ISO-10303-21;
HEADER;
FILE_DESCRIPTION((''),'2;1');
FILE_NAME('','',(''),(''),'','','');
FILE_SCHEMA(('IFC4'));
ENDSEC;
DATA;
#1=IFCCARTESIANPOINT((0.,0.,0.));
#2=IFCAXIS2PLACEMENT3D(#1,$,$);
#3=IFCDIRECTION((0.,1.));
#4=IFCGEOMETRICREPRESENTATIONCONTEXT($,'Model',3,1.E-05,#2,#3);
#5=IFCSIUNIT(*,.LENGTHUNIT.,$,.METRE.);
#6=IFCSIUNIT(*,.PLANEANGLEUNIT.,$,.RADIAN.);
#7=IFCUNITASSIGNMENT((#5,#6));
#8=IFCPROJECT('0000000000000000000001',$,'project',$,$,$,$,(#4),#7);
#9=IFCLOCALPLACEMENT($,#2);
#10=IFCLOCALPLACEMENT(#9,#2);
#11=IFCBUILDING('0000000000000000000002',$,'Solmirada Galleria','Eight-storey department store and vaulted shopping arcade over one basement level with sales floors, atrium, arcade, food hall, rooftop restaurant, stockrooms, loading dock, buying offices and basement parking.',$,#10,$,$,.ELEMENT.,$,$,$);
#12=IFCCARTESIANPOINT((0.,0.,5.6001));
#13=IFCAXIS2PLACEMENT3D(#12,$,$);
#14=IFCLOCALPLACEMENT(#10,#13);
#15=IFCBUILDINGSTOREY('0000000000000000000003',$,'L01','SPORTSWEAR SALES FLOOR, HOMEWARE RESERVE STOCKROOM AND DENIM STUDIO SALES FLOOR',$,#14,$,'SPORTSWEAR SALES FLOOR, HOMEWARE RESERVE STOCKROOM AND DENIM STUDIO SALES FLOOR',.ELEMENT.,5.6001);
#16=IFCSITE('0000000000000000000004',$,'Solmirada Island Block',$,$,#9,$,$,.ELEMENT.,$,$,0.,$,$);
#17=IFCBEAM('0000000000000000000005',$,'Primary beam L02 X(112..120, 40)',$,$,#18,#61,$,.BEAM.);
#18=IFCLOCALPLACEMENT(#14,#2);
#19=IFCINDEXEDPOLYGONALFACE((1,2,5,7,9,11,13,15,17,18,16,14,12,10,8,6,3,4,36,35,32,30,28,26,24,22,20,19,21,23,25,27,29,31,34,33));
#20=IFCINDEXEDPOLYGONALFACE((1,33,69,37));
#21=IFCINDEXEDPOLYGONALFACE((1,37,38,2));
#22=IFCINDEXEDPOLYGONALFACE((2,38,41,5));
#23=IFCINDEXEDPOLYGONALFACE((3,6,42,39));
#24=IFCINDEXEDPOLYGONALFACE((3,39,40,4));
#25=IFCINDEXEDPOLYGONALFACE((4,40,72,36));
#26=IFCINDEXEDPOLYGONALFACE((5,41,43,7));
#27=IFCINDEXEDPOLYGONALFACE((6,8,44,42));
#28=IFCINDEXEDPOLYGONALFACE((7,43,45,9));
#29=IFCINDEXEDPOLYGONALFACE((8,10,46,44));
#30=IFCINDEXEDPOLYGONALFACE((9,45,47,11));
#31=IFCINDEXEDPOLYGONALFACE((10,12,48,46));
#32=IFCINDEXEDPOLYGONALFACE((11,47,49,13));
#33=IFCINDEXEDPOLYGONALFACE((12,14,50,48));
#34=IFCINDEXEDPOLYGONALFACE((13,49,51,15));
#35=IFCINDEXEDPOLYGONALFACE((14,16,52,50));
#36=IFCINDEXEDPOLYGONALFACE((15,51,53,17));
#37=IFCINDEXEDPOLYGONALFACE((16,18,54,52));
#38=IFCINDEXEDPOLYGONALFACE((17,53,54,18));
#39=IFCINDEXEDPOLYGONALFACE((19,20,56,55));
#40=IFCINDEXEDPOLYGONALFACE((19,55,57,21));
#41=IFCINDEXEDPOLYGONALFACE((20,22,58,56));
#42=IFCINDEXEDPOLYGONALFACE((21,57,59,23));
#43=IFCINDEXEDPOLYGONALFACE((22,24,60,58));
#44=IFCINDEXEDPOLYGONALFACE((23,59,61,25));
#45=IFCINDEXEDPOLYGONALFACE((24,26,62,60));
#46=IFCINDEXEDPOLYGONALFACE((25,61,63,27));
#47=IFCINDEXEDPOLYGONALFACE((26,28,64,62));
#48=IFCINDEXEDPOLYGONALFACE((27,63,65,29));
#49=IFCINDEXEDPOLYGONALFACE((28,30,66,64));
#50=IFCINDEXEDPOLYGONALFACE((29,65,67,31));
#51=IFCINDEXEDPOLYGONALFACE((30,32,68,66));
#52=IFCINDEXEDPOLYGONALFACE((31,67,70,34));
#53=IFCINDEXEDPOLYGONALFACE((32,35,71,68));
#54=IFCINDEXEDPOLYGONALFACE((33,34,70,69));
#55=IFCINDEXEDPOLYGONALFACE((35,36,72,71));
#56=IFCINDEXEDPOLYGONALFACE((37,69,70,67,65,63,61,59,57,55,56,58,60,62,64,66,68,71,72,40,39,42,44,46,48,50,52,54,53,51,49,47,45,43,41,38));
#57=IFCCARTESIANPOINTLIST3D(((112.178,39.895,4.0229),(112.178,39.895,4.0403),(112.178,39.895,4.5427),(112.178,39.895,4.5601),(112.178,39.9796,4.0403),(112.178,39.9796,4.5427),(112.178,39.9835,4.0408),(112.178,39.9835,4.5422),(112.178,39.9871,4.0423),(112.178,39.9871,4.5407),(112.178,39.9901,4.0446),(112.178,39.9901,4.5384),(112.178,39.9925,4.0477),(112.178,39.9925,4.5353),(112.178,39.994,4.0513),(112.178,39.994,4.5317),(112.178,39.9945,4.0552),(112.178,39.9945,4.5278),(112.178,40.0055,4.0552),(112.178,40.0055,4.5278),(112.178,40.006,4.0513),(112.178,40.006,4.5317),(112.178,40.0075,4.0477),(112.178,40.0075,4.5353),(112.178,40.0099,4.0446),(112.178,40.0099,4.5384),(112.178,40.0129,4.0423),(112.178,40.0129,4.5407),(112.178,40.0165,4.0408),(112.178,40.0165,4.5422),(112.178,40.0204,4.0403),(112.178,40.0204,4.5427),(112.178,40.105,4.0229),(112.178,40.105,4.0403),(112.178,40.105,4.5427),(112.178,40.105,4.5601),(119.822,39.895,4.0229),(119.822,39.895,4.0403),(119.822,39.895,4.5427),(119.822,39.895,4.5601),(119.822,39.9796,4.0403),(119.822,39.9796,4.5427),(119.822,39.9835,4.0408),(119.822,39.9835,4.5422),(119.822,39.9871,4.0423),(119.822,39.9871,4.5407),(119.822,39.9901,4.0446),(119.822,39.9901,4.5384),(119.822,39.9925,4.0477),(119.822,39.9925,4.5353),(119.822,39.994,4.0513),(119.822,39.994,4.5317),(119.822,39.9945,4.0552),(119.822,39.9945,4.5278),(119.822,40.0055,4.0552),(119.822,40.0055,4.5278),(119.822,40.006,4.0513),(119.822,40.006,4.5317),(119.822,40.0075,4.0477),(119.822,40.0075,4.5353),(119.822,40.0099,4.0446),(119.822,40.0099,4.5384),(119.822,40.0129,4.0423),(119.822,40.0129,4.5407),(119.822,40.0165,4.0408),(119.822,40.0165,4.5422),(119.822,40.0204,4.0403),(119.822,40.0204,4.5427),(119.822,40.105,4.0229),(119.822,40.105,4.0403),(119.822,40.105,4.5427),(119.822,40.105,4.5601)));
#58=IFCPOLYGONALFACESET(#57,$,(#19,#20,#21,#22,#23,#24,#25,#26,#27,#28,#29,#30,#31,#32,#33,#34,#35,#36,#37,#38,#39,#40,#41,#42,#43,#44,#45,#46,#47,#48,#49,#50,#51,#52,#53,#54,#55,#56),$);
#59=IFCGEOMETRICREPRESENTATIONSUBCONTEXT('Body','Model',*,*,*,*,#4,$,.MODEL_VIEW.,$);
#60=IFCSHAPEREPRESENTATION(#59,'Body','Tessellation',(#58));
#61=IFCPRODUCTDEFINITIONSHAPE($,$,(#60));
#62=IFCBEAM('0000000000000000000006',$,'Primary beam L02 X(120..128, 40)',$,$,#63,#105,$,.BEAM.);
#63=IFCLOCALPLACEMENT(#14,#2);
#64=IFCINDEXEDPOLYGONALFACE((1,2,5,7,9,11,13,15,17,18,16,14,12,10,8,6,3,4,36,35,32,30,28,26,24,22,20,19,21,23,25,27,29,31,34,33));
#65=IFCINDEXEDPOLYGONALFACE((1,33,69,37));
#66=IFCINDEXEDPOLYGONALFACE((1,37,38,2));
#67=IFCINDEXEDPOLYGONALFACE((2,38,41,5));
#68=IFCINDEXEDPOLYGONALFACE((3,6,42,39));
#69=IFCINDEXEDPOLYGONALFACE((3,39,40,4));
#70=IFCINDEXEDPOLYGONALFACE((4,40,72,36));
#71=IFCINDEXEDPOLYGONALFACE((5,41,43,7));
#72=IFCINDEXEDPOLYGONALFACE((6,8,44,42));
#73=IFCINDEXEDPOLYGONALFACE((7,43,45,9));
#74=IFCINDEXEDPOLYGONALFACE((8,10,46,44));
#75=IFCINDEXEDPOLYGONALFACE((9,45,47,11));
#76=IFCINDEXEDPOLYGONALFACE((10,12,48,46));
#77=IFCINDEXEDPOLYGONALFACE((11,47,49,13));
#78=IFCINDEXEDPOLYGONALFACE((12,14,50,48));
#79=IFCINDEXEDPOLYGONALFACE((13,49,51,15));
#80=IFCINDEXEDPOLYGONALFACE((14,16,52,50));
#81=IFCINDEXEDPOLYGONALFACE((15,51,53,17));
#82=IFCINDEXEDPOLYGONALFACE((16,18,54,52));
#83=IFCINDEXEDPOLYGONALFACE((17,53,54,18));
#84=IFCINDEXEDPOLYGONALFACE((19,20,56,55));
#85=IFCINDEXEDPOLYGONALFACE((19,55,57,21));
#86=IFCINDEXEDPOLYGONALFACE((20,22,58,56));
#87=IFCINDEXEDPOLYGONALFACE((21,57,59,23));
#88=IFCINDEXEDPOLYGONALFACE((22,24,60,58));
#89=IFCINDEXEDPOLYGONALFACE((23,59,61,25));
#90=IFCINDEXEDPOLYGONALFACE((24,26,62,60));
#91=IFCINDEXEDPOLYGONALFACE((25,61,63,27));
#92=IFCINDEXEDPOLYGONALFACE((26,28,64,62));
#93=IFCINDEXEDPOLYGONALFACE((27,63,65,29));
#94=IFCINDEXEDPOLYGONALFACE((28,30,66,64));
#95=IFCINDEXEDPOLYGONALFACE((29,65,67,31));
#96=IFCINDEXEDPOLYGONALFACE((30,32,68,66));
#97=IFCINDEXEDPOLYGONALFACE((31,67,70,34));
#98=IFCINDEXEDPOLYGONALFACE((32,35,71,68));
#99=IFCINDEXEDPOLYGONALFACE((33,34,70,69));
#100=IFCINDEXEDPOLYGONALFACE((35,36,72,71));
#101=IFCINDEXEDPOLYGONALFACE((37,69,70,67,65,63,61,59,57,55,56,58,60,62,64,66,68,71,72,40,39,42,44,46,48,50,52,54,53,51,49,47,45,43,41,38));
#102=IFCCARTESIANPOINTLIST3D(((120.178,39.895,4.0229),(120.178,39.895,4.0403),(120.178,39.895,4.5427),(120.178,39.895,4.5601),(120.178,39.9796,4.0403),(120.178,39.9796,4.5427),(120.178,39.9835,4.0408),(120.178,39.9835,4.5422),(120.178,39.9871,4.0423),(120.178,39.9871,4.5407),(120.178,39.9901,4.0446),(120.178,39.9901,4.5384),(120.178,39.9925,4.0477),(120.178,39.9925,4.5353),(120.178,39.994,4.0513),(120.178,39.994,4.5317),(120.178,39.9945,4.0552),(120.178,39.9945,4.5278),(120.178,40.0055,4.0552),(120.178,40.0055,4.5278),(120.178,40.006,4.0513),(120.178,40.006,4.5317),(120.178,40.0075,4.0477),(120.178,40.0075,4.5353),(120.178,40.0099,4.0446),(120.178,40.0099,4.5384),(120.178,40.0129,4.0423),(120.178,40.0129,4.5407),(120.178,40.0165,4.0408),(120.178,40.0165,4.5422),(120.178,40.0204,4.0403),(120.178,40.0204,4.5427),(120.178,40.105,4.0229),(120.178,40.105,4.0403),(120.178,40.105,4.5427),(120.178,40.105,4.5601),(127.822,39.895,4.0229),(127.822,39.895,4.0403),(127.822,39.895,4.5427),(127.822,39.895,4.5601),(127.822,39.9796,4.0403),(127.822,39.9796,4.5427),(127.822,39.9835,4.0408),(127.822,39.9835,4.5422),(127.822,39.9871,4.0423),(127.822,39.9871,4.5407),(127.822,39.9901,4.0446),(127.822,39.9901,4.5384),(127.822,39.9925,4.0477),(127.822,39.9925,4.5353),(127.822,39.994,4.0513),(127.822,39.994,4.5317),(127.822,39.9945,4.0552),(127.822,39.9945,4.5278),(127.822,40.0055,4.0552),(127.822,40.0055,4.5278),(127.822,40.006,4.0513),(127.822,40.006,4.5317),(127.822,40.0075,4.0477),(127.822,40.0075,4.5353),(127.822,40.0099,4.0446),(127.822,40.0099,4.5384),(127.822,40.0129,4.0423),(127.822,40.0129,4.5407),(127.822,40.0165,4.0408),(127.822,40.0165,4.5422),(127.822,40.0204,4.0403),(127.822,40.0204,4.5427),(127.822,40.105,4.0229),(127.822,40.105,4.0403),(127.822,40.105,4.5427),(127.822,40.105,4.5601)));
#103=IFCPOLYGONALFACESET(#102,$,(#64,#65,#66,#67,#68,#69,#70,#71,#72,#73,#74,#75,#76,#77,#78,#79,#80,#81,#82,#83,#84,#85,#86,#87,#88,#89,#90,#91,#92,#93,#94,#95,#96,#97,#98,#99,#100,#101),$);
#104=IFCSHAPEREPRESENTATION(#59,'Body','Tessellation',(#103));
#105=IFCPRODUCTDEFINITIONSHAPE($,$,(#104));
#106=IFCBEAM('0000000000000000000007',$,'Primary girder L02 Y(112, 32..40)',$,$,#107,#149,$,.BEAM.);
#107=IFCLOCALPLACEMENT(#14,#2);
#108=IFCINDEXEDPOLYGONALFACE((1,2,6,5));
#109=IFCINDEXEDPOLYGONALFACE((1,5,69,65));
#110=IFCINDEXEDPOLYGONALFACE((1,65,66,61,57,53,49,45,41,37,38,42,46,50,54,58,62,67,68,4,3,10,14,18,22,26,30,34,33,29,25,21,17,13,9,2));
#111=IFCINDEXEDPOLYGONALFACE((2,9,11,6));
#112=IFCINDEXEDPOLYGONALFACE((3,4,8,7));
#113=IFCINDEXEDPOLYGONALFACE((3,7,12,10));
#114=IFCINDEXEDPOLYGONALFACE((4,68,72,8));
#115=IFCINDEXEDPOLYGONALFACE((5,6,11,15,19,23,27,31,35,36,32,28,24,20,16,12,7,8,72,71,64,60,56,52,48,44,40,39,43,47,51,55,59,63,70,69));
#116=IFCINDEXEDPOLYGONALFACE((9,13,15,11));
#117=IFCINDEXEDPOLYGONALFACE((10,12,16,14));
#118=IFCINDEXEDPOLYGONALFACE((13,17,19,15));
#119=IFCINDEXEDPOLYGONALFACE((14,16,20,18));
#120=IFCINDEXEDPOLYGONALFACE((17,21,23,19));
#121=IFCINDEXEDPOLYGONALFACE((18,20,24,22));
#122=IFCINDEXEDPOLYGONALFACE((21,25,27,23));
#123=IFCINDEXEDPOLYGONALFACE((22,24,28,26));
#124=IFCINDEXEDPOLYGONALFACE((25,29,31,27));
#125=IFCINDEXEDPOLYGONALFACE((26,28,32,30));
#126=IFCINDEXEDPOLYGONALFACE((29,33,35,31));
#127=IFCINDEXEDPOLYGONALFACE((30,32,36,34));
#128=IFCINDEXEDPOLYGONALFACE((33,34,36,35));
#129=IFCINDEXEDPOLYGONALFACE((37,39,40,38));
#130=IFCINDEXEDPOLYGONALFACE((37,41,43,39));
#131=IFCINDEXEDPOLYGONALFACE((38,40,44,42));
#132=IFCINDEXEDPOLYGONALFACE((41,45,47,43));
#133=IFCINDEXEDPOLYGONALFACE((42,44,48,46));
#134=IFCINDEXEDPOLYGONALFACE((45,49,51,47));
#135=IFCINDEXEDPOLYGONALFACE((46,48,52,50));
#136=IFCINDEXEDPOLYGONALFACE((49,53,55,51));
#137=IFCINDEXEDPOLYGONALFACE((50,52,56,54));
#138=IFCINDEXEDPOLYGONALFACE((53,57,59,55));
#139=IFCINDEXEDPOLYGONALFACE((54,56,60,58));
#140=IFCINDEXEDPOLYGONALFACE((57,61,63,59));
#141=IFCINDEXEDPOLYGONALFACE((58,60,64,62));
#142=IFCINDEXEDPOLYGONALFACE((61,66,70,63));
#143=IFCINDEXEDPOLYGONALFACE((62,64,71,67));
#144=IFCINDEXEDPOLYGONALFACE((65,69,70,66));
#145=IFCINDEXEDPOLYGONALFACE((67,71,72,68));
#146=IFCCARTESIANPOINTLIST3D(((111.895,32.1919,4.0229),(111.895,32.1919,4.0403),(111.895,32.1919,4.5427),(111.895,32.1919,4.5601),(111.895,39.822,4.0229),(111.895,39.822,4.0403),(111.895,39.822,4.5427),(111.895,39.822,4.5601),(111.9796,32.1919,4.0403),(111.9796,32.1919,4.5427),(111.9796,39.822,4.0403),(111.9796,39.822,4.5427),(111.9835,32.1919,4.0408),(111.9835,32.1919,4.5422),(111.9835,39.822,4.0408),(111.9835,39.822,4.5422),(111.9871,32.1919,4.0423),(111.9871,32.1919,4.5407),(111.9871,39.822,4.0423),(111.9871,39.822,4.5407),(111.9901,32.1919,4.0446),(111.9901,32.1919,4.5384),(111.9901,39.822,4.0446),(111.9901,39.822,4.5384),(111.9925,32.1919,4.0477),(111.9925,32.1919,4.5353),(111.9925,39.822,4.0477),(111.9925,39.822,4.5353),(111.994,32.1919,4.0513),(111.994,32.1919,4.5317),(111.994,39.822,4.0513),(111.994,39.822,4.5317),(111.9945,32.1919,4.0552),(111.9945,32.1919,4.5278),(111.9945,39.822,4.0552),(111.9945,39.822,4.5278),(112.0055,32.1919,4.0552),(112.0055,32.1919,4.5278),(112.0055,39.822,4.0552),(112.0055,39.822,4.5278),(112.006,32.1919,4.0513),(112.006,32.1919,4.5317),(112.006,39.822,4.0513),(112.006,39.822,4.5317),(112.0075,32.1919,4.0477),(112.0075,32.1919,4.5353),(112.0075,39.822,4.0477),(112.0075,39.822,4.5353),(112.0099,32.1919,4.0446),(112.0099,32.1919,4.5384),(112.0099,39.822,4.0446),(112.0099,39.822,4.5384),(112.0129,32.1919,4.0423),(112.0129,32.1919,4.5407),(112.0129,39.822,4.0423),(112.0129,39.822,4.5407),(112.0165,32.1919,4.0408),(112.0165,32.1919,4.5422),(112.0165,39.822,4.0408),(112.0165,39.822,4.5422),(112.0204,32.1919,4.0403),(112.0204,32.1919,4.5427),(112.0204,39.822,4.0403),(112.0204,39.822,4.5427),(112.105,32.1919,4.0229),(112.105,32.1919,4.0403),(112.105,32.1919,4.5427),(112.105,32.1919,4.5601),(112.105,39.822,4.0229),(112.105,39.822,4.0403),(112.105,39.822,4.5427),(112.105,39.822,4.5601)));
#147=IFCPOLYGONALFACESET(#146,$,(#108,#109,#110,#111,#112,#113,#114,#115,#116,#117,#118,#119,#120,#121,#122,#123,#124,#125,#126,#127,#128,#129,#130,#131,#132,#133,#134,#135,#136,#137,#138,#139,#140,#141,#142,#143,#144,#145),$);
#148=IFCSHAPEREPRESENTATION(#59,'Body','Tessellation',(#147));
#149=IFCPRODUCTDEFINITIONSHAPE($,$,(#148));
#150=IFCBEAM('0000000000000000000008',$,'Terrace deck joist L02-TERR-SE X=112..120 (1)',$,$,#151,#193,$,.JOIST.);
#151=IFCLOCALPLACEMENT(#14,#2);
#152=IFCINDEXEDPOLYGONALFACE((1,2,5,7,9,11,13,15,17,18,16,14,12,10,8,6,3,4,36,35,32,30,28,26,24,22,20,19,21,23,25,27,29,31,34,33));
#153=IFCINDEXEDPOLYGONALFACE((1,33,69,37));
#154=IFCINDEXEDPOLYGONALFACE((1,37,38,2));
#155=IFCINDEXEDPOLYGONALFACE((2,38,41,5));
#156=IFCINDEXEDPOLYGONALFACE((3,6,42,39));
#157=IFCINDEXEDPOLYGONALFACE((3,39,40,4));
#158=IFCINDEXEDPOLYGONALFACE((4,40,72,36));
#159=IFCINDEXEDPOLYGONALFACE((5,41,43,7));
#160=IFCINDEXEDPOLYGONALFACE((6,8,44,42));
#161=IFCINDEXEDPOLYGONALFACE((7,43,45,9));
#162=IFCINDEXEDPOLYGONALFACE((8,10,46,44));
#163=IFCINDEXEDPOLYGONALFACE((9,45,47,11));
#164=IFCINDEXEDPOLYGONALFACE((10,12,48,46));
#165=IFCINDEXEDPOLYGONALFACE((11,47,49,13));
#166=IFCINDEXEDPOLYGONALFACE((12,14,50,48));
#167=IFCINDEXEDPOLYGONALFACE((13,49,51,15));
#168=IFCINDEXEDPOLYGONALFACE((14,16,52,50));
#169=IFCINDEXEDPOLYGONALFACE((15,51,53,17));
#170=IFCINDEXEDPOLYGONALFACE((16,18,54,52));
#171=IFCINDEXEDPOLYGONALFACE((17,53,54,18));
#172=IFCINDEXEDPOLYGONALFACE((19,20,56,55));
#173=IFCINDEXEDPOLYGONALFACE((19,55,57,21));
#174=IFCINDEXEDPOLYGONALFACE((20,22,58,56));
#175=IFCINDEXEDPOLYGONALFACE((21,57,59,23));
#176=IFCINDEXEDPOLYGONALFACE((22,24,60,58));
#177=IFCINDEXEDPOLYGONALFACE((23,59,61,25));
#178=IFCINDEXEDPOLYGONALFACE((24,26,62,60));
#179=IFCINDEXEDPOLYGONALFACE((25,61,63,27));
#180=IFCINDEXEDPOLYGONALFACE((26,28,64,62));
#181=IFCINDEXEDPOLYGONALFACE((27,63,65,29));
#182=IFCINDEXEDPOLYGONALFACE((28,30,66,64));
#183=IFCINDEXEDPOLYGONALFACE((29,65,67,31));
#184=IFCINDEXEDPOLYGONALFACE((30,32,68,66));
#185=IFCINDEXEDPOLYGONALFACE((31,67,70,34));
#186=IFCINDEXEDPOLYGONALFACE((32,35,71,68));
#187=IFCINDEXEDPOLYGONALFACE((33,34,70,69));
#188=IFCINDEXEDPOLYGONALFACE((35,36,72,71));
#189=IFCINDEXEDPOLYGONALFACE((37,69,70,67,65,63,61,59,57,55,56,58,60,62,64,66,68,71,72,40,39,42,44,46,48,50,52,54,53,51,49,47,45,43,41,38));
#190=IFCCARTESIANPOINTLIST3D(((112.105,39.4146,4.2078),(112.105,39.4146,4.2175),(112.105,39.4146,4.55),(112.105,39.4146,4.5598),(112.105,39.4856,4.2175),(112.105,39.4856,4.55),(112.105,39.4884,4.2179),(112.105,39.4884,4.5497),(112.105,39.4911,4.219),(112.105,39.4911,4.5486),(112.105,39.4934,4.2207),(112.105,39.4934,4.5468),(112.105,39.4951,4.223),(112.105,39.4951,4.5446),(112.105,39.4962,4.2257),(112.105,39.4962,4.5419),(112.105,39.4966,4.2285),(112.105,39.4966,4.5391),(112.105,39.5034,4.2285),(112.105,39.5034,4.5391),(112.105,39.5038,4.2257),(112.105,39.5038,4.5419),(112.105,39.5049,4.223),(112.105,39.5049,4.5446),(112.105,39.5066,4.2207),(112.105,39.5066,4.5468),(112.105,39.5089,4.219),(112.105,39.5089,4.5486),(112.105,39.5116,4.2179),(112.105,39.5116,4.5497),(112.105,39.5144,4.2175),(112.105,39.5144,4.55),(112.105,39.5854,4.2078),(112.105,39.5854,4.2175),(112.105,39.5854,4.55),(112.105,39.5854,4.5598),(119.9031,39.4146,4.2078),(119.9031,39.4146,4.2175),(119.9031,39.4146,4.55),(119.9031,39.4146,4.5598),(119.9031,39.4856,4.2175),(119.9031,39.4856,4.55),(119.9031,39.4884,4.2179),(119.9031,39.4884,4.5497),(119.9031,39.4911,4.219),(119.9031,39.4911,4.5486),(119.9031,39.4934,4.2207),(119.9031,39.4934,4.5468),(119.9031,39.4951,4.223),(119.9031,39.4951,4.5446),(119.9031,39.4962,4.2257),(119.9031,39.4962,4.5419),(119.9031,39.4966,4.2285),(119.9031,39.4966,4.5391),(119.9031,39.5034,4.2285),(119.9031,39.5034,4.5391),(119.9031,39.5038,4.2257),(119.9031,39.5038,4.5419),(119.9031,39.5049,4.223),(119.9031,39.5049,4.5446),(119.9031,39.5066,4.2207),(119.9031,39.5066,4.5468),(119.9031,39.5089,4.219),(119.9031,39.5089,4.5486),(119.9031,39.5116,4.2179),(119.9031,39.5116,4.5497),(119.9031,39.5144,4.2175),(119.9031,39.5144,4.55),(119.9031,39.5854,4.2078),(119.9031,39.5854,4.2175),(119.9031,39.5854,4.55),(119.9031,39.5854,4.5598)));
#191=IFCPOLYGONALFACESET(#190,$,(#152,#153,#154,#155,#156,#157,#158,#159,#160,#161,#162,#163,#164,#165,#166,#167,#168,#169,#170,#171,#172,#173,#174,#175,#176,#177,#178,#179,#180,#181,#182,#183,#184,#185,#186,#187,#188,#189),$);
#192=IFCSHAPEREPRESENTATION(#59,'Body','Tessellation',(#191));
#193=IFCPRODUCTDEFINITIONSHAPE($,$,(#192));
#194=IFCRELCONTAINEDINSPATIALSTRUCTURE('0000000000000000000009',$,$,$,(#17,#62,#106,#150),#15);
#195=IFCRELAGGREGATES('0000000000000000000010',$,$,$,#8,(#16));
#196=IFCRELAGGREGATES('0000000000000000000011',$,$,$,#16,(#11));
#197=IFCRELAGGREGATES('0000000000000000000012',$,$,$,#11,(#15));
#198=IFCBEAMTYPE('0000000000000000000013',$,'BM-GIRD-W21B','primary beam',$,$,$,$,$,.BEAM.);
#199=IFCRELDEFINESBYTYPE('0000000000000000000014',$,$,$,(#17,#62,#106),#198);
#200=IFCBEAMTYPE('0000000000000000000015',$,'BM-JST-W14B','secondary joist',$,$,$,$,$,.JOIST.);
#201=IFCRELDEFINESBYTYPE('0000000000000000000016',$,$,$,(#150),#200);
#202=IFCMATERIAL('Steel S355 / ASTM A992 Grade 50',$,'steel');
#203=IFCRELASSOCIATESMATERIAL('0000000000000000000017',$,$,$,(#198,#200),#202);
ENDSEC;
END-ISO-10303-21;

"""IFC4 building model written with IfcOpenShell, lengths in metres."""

from ifc_helpers import new_model, si_unit, direction, frame, origin, origin_2d, place, context, subcontext, project, spatial, i_section, extrude, material, material_profile, profile_set, type_object, element, save


model = new_model("IFC4")

# Units and contexts
model_context = context("Model", 3, precision=1e-05, world=origin(), true_north=direction((0.0, 1.0)))
body_context = subcontext(model_context, "Body", "Model", "MODEL_VIEW")
ifc_project = project(units=[si_unit("LENGTHUNIT", "METRE"), si_unit("PLANEANGLEUNIT", "RADIAN")], contexts=[model_context])

# Site, building, storey
site_placement = place(None, origin())
site = spatial("IfcSite", under=ifc_project, at=site_placement, Name="Solmirada Island Block", CompositionType="ELEMENT", RefElevation=0.0)
building_placement = place(site_placement, origin())
building = spatial("IfcBuilding", under=site, at=building_placement, Name="Solmirada Galleria", Description="Eight-storey department store and vaulted shopping arcade over one basement level with sales floors, atrium, arcade, food hall, rooftop restaurant, stockrooms, loading dock, buying offices and basement parking.", CompositionType="ELEMENT")
storey_placement = place(building_placement, frame((0.0, 0.0, 5.6001)))
storey = spatial("IfcBuildingStorey", under=building, at=storey_placement, Name="L01", Description="SPORTSWEAR SALES FLOOR, HOMEWARE RESERVE STOCKROOM AND DENIM STUDIO SALES FLOOR", LongName="SPORTSWEAR SALES FLOOR, HOMEWARE RESERVE STOCKROOM AND DENIM STUDIO SALES FLOOR", CompositionType="ELEMENT", Elevation=5.6001)

# Beams
ifc_material_1 = material(Name="Steel S355 / ASTM A992 Grade 50", Category="steel")
ifc_material_profile_1 = material_profile(ifc_material_1, i_section(OverallWidth=0.21, OverallDepth=0.5371, WebThickness=0.011, FlangeThickness=0.0173, FilletRadius=0.0149, at=origin_2d()), Name="W21X68")
ifc_profile_set_1 = profile_set([ifc_material_profile_1], Name="Steel S355 / ASTM A992 Grade 50")
beam_type_1 = type_object("IfcBeamType", Name="BM-GIRD-W21B", Description="primary beam", PredefinedType="BEAM", material=ifc_profile_set_1)
for number, where, z_axis, x_axis, name in (
    (1, (112.178, 40.0, 4.2915), (1.0, 0.0, 0.0), (0.0, 1.0, 0.0), "Primary beam L02 X(112..120, 40)"),
    (2, (120.178, 40.0, 4.2915), (1.0, 0.0, 0.0), (0.0, 1.0, 0.0), "Primary beam L02 X(120..128, 40)"),
):
    element("IfcBeam", number, at=place(storey_placement, frame(where, z_axis=z_axis, x_axis=x_axis)), inside=storey, type_object=beam_type_1, Name=name, PredefinedType="BEAM", context=body_context, shape_type="SweptSolid", body=[
        extrude(i_section(OverallWidth=0.21, OverallDepth=0.5371, WebThickness=0.011, FlangeThickness=0.0173, FilletRadius=0.0149, at=origin_2d()), origin(), (0.0, 0.0, 1.0), 7.644),
    ])
beam_1_placement = place(storey_placement, frame((112.0, 32.1919, 4.2915), z_axis=(0.0, 1.0, 0.0), x_axis=(-1.0, 0.0, 0.0)))
element("IfcBeam", 3, at=beam_1_placement, inside=storey, type_object=beam_type_1, Name="Primary girder L02 Y(112, 32..40)", PredefinedType="BEAM", context=body_context, shape_type="SweptSolid", body=[
    extrude(i_section(OverallWidth=0.21, OverallDepth=0.5371, WebThickness=0.011, FlangeThickness=0.0173, FilletRadius=0.0149, at=origin_2d()), origin(), (0.0, 0.0, 1.0), 7.6301),
])
ifc_material_profile_2 = material_profile(ifc_material_1, i_section(OverallWidth=0.1709, OverallDepth=0.3521, WebThickness=0.0068, FlangeThickness=0.0098, FilletRadius=0.011, at=origin_2d()), Name="W14X30")
ifc_profile_set_2 = profile_set([ifc_material_profile_2], Name="Steel S355 / ASTM A992 Grade 50")
beam_type_2 = type_object("IfcBeamType", Name="BM-JST-W14B", Description="secondary joist", PredefinedType="JOIST", material=ifc_profile_set_2)
for number, where, z_axis, x_axis, name in (
    (4, (112.105, 39.5, 4.3838), (1.0, 0.0, 0.0), (0.0, 1.0, 0.0), "Terrace deck joist L02-TERR-SE X=112..120 (1)"),
):
    element("IfcBeam", number, at=place(storey_placement, frame(where, z_axis=z_axis, x_axis=x_axis)), inside=storey, type_object=beam_type_2, Name=name, PredefinedType="JOIST", context=body_context, shape_type="SweptSolid", body=[
        extrude(i_section(OverallWidth=0.1709, OverallDepth=0.3521, WebThickness=0.0068, FlangeThickness=0.0098, FilletRadius=0.011, at=origin_2d()), origin(), (0.0, 0.0, 1.0), 7.7981),
    ])

save(model, "model.ifc")
